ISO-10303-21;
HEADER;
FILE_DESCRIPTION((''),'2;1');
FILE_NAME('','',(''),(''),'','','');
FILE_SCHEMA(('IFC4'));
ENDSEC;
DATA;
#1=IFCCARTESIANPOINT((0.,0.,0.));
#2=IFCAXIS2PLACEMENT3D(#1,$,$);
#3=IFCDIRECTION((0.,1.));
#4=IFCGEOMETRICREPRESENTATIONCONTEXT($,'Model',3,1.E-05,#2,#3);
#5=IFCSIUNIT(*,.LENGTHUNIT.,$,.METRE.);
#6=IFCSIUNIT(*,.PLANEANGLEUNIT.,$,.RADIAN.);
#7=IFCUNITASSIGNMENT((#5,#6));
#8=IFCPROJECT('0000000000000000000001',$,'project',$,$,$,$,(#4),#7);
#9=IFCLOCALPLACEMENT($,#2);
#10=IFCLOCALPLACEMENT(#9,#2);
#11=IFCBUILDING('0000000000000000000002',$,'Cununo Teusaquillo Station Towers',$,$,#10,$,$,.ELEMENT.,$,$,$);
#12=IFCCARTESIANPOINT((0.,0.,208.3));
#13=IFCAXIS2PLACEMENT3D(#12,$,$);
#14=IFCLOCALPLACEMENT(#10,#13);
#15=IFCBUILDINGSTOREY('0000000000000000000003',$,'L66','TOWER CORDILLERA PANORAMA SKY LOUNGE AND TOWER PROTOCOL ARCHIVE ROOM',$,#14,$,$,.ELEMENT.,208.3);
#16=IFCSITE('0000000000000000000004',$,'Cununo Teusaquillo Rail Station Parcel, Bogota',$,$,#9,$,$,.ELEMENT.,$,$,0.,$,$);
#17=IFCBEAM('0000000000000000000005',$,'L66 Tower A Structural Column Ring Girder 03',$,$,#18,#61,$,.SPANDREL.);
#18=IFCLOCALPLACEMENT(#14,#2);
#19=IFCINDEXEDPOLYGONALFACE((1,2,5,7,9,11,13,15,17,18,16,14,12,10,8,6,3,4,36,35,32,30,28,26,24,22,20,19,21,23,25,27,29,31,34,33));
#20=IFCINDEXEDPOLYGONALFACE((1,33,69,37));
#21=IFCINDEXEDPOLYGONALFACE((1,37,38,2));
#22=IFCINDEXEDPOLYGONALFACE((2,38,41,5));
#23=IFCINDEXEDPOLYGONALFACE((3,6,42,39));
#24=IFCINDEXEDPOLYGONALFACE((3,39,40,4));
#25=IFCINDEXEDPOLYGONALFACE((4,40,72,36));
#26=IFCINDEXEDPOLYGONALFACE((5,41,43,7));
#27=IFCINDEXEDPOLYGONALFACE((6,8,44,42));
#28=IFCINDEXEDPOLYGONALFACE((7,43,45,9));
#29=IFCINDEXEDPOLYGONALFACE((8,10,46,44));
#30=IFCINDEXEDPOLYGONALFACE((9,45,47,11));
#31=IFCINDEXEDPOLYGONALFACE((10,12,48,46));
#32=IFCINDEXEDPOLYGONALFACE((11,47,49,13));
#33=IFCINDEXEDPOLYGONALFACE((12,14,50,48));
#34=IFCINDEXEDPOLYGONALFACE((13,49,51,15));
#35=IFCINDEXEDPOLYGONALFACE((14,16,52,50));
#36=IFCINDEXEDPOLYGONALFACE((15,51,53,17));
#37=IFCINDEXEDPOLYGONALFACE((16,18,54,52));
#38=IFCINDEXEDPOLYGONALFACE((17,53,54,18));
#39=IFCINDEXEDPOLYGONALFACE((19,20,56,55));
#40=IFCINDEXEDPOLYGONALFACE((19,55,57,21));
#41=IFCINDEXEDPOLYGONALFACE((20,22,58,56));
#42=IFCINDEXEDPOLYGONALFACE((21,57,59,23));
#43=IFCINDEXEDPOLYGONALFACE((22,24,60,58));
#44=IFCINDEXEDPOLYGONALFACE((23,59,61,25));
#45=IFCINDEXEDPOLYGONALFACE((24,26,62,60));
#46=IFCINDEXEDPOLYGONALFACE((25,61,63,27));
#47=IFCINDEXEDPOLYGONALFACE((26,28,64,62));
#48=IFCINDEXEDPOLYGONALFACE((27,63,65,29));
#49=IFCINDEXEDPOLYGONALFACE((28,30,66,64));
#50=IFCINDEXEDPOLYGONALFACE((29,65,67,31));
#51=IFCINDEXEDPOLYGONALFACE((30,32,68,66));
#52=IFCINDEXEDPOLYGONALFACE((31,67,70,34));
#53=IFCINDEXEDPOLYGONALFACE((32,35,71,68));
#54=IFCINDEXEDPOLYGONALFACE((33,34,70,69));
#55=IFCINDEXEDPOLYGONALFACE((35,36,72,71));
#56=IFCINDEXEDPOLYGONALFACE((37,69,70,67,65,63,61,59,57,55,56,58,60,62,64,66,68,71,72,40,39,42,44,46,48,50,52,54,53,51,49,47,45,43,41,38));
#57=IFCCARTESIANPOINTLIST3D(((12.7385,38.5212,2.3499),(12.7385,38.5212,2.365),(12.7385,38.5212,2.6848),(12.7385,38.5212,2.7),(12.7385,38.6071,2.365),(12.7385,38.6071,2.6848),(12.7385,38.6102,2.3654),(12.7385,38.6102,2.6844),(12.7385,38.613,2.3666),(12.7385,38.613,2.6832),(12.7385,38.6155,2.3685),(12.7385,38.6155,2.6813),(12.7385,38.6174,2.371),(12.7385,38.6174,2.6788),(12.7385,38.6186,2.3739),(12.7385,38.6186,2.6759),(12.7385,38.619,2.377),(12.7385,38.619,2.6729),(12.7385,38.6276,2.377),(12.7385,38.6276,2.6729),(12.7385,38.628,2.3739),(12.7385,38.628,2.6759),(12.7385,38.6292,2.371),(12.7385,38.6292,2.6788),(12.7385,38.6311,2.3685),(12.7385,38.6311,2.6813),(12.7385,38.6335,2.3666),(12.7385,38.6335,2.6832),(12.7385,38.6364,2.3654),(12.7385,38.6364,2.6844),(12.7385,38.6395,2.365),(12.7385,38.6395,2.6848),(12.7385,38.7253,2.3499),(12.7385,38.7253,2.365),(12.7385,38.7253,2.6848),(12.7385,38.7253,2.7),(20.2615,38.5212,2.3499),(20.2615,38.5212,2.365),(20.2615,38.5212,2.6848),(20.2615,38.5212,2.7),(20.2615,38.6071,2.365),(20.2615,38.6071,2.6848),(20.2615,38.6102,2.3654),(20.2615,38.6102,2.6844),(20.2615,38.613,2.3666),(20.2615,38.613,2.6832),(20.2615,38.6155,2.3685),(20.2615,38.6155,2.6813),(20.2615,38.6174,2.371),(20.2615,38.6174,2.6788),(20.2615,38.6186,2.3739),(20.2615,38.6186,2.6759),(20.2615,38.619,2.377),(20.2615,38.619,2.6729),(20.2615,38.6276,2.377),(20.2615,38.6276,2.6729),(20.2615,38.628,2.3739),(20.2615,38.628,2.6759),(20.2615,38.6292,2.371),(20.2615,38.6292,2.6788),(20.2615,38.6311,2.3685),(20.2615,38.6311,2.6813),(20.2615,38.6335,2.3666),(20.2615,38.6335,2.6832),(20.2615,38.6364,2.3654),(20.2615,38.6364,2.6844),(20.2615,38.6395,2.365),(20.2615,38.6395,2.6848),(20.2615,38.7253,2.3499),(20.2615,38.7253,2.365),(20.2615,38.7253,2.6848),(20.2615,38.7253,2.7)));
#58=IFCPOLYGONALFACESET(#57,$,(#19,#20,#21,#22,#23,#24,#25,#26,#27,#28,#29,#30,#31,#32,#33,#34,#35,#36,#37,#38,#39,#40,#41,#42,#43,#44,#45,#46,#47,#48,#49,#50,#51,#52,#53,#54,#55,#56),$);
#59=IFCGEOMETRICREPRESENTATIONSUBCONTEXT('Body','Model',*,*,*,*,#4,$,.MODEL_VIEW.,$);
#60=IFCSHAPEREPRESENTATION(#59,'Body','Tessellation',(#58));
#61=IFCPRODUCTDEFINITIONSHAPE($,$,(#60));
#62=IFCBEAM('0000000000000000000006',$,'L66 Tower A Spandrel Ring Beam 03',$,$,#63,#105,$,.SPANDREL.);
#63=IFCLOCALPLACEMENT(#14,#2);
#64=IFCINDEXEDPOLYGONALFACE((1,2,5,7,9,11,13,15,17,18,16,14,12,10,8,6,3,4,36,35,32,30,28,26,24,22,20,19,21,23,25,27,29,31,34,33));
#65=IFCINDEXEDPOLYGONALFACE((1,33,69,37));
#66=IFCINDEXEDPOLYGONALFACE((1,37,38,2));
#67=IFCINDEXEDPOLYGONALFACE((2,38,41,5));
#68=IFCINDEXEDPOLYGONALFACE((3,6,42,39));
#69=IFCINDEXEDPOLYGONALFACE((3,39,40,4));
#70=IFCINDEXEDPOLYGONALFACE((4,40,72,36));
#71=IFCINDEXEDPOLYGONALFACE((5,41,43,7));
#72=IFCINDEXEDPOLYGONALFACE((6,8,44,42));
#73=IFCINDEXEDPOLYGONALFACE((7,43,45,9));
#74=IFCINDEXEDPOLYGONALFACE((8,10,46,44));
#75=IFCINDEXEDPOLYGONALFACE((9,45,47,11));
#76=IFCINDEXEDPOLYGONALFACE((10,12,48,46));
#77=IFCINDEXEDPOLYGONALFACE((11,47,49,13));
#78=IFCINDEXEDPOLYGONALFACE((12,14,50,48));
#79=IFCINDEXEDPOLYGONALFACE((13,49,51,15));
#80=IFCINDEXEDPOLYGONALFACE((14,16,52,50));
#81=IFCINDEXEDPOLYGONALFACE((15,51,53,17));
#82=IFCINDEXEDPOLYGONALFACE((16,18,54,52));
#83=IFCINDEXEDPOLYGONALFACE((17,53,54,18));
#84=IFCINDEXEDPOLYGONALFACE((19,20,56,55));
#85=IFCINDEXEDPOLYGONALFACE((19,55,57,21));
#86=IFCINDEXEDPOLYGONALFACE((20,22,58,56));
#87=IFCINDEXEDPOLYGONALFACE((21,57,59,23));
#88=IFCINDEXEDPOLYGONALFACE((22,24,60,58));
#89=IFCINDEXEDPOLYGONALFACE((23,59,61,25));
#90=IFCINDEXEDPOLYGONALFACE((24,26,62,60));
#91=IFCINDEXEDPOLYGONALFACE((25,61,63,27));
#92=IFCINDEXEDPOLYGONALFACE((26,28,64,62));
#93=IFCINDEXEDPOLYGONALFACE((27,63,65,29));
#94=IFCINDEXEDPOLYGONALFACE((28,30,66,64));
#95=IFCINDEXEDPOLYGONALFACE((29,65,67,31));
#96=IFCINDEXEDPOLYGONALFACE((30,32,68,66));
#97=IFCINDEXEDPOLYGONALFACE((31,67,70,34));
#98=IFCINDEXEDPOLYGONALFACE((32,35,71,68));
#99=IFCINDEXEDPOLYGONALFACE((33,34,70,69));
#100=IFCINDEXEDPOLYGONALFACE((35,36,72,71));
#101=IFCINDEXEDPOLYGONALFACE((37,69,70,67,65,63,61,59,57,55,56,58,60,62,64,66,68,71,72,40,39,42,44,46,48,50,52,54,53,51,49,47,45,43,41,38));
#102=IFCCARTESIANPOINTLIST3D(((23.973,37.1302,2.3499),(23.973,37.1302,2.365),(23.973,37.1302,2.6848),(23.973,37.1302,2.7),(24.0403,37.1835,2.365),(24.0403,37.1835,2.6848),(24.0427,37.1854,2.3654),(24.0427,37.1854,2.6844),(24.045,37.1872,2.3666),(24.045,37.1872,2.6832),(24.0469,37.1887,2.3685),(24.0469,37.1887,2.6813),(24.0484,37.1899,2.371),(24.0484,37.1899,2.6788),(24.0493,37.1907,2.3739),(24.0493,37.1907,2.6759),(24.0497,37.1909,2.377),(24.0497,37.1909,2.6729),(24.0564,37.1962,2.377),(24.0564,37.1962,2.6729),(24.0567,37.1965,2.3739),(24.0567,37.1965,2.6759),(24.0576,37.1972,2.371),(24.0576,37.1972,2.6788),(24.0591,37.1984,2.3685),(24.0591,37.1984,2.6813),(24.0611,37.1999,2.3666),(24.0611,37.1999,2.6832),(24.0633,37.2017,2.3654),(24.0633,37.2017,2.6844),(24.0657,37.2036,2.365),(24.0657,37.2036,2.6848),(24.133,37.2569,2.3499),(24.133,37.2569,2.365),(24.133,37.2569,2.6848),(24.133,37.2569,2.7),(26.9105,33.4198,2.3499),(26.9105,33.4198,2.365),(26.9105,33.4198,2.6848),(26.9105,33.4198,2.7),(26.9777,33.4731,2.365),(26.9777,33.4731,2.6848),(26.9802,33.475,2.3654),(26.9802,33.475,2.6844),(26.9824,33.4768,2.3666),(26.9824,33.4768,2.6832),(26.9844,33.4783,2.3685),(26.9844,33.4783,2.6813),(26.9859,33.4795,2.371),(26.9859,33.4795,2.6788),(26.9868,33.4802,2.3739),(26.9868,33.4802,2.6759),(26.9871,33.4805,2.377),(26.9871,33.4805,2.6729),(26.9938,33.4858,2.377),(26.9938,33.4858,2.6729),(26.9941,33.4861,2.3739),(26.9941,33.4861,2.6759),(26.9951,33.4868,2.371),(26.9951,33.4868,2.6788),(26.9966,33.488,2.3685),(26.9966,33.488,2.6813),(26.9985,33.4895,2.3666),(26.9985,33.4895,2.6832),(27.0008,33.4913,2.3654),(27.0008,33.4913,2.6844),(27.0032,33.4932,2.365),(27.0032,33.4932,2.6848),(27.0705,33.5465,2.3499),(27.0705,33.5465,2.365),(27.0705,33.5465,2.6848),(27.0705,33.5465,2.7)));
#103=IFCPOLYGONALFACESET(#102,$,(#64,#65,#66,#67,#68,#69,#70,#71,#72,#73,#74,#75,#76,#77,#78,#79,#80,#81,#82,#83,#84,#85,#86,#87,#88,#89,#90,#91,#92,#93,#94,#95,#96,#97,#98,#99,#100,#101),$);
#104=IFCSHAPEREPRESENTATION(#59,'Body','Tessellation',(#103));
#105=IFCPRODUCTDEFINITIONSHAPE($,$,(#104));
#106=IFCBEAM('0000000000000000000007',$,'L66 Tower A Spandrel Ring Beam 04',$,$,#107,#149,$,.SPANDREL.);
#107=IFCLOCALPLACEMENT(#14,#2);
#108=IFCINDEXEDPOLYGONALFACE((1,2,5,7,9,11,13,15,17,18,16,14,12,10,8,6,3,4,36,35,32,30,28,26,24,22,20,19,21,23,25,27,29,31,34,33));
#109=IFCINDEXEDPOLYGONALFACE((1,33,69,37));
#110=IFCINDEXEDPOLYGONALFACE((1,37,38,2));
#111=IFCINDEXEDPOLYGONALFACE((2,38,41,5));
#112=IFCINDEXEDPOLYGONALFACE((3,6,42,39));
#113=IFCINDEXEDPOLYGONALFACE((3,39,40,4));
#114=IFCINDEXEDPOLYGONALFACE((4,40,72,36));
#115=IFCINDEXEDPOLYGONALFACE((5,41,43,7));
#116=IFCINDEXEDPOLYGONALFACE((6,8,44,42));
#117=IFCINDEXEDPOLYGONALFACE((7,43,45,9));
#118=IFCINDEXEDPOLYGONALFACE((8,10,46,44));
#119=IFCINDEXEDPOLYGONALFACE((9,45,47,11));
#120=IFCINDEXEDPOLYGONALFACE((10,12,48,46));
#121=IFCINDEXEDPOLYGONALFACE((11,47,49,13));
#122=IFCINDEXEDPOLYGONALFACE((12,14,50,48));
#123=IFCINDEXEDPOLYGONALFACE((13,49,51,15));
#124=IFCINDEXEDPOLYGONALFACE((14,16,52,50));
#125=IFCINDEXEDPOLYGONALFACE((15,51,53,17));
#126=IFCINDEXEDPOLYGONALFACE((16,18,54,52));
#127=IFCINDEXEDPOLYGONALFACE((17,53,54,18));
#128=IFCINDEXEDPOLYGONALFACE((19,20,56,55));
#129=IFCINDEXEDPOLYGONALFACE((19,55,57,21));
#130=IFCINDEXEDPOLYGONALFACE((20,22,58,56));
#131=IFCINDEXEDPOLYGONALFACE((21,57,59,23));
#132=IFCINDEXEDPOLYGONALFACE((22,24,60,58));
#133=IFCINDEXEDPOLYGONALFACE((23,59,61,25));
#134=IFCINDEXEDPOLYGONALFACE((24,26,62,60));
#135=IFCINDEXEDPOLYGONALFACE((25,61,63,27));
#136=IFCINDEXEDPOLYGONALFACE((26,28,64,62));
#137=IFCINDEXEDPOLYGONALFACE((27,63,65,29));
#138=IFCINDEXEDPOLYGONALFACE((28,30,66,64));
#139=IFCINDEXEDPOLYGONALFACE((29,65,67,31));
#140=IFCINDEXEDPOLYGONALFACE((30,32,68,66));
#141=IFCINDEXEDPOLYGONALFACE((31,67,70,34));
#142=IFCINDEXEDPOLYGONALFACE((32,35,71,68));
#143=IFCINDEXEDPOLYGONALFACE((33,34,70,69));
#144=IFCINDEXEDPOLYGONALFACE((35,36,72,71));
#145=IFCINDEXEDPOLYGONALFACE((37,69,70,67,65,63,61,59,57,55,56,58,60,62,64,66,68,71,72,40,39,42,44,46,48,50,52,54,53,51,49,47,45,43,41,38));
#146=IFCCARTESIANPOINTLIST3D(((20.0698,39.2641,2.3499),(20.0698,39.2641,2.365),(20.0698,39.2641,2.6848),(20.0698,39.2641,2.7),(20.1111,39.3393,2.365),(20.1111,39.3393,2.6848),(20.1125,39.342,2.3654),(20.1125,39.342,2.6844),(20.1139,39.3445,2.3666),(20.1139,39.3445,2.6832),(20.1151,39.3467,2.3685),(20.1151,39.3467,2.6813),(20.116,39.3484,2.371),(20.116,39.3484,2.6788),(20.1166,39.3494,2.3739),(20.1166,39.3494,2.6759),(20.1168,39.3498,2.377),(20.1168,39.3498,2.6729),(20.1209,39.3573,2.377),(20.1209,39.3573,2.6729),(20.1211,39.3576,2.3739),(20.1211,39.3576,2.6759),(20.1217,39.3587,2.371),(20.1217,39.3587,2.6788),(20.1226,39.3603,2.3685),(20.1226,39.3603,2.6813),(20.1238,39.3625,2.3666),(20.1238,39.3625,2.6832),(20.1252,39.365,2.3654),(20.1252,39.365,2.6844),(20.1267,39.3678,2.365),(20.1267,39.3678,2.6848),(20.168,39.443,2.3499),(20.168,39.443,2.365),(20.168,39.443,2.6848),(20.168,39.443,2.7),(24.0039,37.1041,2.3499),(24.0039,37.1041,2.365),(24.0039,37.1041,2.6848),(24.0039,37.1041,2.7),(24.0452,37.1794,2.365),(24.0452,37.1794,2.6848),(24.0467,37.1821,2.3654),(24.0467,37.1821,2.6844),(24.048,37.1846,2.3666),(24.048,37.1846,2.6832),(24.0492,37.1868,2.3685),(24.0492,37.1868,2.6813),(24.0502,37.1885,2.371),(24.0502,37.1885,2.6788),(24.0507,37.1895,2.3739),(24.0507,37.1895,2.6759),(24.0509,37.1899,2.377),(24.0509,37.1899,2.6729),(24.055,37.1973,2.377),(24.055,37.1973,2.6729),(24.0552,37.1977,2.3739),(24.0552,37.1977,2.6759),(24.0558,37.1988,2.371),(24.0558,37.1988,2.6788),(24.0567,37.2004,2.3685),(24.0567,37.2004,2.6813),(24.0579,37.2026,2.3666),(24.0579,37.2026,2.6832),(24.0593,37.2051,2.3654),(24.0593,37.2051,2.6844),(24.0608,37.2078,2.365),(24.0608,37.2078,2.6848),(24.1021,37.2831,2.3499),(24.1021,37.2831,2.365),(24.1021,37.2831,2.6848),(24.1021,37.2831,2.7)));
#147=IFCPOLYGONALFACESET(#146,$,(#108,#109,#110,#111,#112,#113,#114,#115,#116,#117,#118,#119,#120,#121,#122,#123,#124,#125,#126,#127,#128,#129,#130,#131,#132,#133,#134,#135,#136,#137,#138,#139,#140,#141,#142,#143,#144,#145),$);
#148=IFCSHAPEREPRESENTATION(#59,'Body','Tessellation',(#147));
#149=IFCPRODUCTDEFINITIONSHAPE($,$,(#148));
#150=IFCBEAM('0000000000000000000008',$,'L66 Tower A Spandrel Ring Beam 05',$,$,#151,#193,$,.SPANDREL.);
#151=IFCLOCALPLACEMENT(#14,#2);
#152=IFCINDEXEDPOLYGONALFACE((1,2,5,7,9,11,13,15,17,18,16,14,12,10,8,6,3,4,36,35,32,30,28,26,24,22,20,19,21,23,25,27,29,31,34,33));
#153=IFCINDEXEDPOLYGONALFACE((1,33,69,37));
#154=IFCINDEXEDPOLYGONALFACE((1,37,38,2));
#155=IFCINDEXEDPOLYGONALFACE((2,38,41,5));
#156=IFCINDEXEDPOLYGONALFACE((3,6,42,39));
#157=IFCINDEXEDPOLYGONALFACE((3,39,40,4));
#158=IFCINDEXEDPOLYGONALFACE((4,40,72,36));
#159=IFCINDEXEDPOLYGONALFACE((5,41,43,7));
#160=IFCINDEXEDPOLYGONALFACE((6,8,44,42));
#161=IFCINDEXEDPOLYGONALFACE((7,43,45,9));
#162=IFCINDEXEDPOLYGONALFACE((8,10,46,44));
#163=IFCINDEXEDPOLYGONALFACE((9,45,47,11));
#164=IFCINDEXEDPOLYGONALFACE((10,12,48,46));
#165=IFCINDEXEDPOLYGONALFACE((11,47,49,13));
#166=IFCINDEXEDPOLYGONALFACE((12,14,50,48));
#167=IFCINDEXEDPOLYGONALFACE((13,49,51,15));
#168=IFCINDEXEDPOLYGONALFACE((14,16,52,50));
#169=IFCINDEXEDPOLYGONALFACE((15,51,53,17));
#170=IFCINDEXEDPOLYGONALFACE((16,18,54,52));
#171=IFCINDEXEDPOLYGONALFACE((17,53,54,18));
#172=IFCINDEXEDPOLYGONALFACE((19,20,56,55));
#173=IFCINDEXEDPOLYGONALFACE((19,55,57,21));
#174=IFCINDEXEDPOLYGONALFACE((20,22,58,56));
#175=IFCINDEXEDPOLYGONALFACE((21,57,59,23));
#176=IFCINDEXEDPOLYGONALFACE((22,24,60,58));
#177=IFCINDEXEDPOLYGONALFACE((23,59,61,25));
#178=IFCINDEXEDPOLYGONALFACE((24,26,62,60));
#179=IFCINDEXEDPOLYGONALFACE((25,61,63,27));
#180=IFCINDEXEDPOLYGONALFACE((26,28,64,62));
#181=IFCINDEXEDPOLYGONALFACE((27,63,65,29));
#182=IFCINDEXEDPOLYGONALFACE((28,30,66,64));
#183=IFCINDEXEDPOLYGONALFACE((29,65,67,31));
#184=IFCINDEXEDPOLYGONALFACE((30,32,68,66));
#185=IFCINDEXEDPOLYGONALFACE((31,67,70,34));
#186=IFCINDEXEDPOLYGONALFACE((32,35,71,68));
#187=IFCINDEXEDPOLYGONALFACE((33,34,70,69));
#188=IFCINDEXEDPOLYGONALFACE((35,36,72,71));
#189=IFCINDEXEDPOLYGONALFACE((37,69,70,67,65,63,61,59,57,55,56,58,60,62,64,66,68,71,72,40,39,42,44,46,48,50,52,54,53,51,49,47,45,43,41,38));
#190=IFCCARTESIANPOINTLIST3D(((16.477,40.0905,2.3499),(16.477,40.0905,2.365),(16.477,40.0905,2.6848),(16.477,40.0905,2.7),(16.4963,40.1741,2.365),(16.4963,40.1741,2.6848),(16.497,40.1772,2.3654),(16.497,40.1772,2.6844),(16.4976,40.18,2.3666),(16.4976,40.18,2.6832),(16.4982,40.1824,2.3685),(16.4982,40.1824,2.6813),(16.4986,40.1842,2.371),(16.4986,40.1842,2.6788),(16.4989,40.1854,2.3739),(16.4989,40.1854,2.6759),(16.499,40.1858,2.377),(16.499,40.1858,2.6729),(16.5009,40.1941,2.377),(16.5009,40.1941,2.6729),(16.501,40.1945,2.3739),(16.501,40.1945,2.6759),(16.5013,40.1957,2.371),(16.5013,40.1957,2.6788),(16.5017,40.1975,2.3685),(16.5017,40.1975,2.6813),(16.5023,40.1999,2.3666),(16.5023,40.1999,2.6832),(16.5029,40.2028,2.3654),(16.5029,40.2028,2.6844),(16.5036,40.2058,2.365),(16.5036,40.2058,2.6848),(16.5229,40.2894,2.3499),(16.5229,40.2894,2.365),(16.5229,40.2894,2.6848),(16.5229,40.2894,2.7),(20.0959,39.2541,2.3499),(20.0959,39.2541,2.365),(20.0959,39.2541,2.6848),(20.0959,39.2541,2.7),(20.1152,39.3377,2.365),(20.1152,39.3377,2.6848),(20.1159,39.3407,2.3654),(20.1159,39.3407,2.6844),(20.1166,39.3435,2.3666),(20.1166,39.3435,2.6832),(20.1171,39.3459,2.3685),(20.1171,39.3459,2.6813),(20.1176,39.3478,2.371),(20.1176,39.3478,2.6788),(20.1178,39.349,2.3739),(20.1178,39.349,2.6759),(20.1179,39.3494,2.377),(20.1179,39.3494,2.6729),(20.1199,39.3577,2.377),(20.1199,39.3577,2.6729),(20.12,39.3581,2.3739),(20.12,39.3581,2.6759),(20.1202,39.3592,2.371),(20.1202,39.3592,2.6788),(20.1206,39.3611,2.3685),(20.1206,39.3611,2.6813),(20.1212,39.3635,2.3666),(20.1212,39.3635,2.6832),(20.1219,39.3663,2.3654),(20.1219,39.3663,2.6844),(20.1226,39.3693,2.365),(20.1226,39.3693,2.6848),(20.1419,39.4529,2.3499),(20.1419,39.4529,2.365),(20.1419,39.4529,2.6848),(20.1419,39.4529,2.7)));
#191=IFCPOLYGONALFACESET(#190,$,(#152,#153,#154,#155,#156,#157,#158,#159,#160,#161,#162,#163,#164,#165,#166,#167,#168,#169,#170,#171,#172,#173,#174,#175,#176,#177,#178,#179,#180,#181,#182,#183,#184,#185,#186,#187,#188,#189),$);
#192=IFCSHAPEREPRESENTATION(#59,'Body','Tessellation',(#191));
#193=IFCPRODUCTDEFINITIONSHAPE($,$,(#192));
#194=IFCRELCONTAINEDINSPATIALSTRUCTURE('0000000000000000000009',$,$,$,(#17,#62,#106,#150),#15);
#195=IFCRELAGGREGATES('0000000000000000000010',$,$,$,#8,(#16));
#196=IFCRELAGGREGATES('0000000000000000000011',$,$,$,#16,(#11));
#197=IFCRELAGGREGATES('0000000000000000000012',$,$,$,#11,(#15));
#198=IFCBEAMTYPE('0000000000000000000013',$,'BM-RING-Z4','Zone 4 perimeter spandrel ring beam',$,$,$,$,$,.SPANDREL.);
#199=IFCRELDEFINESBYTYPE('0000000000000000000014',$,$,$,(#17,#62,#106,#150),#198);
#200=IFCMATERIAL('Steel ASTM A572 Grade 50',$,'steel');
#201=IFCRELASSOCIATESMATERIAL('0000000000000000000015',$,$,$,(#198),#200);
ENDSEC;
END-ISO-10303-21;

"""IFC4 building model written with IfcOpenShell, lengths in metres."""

from ifc_helpers import new_model, si_unit, direction, frame, origin, origin_2d, place, context, subcontext, project, spatial, i_section, extrude, material, material_profile, profile_set, type_object, element, save


model = new_model("IFC4")

# Units and contexts
model_context = context("Model", 3, precision=1e-05, world=origin(), true_north=direction((0.0, 1.0)))
body_context = subcontext(model_context, "Body", "Model", "MODEL_VIEW")
ifc_project = project(units=[si_unit("LENGTHUNIT", "METRE"), si_unit("PLANEANGLEUNIT", "RADIAN")], contexts=[model_context])

# Site, building, storey
site_placement = place(None, origin())
site = spatial("IfcSite", under=ifc_project, at=site_placement, Name="Cununo Teusaquillo Rail Station Parcel, Bogota", CompositionType="ELEMENT", RefElevation=0.0)
building_placement = place(site_placement, origin())
building = spatial("IfcBuilding", under=site, at=building_placement, Name="Cununo Teusaquillo Station Towers", CompositionType="ELEMENT")
storey_placement = place(building_placement, frame((0.0, 0.0, 208.3)))
storey = spatial("IfcBuildingStorey", under=building, at=storey_placement, Name="L66", Description="TOWER CORDILLERA PANORAMA SKY LOUNGE AND TOWER PROTOCOL ARCHIVE ROOM", CompositionType="ELEMENT", Elevation=208.3)

# Beams
ifc_material_1 = material(Name="Steel ASTM A572 Grade 50", Category="steel")
ifc_material_profile_1 = material_profile(ifc_material_1, i_section(OverallWidth=0.2041, OverallDepth=0.3501, WebThickness=0.0085, FlangeThickness=0.0151, FilletRadius=0.012, at=origin_2d()), Name="W14X48")
ifc_profile_set_1 = profile_set([ifc_material_profile_1], Name="Steel ASTM A572 Grade 50")
beam_type_1 = type_object("IfcBeamType", Name="BM-RING-Z4", Description="Zone 4 perimeter spandrel ring beam", PredefinedType="SPANDREL", material=ifc_profile_set_1)
beam_1_placement = place(storey_placement, frame((20.2615, 38.6233, 2.5249), z_axis=(-1.0, 0.0, 0.0), x_axis=(0.0, -1.0, 0.0)))
element("IfcBeam", 1, at=beam_1_placement, inside=storey, type_object=beam_type_1, Name="L66 Tower A Structural Column Ring Girder 03", PredefinedType="SPANDREL", context=body_context, shape_type="SweptSolid", body=[
    extrude(i_section(OverallWidth=0.2041, OverallDepth=0.3501, WebThickness=0.0085, FlangeThickness=0.0151, FilletRadius=0.012, at=origin_2d()), origin(), (0.0, 0.0, 1.0), 7.5229),
])
beam_2_placement = place(storey_placement, frame((26.9905, 33.4832, 2.5249), z_axis=(-0.620711, 0.78404, 0.0), x_axis=(-0.78404, -0.620711, 0.0)))
element("IfcBeam", 2, at=beam_2_placement, inside=storey, type_object=beam_type_1, Name="L66 Tower A Spandrel Ring Beam 03", PredefinedType="SPANDREL", context=body_context, shape_type="SweptSolid", body=[
    extrude(i_section(OverallWidth=0.2041, OverallDepth=0.3501, WebThickness=0.0085, FlangeThickness=0.0151, FilletRadius=0.012, at=origin_2d()), origin(), (0.0, 0.0, 1.0), 4.7324),
])
beam_3_placement = place(storey_placement, frame((24.053, 37.1936, 2.5249), z_axis=(-0.876576, 0.481263, 0.0), x_axis=(-0.481263, -0.876576, 0.0)))
element("IfcBeam", 3, at=beam_3_placement, inside=storey, type_object=beam_type_1, Name="L66 Tower A Spandrel Ring Beam 04", PredefinedType="SPANDREL", context=body_context, shape_type="SweptSolid", body=[
    extrude(i_section(OverallWidth=0.2041, OverallDepth=0.3501, WebThickness=0.0085, FlangeThickness=0.0151, FilletRadius=0.012, at=origin_2d()), origin(), (0.0, 0.0, 1.0), 4.488),
])
for number, where, z_axis, x_axis, name in (
    (4, (20.1189, 39.3535, 2.5249), (-0.974315, 0.225191, 0.0), (-0.225191, -0.974315, 0.0), "L66 Tower A Spandrel Ring Beam 05"),
):
    element("IfcBeam", number, at=place(storey_placement, frame(where, z_axis=z_axis, x_axis=x_axis)), inside=storey, type_object=beam_type_1, Name=name, PredefinedType="SPANDREL", context=body_context, shape_type="SweptSolid", body=[
        extrude(i_section(OverallWidth=0.2041, OverallDepth=0.3501, WebThickness=0.0085, FlangeThickness=0.0151, FilletRadius=0.012, at=origin_2d()), origin(), (0.0, 0.0, 1.0), 3.7144),
    ])

save(model, "model.ifc")
